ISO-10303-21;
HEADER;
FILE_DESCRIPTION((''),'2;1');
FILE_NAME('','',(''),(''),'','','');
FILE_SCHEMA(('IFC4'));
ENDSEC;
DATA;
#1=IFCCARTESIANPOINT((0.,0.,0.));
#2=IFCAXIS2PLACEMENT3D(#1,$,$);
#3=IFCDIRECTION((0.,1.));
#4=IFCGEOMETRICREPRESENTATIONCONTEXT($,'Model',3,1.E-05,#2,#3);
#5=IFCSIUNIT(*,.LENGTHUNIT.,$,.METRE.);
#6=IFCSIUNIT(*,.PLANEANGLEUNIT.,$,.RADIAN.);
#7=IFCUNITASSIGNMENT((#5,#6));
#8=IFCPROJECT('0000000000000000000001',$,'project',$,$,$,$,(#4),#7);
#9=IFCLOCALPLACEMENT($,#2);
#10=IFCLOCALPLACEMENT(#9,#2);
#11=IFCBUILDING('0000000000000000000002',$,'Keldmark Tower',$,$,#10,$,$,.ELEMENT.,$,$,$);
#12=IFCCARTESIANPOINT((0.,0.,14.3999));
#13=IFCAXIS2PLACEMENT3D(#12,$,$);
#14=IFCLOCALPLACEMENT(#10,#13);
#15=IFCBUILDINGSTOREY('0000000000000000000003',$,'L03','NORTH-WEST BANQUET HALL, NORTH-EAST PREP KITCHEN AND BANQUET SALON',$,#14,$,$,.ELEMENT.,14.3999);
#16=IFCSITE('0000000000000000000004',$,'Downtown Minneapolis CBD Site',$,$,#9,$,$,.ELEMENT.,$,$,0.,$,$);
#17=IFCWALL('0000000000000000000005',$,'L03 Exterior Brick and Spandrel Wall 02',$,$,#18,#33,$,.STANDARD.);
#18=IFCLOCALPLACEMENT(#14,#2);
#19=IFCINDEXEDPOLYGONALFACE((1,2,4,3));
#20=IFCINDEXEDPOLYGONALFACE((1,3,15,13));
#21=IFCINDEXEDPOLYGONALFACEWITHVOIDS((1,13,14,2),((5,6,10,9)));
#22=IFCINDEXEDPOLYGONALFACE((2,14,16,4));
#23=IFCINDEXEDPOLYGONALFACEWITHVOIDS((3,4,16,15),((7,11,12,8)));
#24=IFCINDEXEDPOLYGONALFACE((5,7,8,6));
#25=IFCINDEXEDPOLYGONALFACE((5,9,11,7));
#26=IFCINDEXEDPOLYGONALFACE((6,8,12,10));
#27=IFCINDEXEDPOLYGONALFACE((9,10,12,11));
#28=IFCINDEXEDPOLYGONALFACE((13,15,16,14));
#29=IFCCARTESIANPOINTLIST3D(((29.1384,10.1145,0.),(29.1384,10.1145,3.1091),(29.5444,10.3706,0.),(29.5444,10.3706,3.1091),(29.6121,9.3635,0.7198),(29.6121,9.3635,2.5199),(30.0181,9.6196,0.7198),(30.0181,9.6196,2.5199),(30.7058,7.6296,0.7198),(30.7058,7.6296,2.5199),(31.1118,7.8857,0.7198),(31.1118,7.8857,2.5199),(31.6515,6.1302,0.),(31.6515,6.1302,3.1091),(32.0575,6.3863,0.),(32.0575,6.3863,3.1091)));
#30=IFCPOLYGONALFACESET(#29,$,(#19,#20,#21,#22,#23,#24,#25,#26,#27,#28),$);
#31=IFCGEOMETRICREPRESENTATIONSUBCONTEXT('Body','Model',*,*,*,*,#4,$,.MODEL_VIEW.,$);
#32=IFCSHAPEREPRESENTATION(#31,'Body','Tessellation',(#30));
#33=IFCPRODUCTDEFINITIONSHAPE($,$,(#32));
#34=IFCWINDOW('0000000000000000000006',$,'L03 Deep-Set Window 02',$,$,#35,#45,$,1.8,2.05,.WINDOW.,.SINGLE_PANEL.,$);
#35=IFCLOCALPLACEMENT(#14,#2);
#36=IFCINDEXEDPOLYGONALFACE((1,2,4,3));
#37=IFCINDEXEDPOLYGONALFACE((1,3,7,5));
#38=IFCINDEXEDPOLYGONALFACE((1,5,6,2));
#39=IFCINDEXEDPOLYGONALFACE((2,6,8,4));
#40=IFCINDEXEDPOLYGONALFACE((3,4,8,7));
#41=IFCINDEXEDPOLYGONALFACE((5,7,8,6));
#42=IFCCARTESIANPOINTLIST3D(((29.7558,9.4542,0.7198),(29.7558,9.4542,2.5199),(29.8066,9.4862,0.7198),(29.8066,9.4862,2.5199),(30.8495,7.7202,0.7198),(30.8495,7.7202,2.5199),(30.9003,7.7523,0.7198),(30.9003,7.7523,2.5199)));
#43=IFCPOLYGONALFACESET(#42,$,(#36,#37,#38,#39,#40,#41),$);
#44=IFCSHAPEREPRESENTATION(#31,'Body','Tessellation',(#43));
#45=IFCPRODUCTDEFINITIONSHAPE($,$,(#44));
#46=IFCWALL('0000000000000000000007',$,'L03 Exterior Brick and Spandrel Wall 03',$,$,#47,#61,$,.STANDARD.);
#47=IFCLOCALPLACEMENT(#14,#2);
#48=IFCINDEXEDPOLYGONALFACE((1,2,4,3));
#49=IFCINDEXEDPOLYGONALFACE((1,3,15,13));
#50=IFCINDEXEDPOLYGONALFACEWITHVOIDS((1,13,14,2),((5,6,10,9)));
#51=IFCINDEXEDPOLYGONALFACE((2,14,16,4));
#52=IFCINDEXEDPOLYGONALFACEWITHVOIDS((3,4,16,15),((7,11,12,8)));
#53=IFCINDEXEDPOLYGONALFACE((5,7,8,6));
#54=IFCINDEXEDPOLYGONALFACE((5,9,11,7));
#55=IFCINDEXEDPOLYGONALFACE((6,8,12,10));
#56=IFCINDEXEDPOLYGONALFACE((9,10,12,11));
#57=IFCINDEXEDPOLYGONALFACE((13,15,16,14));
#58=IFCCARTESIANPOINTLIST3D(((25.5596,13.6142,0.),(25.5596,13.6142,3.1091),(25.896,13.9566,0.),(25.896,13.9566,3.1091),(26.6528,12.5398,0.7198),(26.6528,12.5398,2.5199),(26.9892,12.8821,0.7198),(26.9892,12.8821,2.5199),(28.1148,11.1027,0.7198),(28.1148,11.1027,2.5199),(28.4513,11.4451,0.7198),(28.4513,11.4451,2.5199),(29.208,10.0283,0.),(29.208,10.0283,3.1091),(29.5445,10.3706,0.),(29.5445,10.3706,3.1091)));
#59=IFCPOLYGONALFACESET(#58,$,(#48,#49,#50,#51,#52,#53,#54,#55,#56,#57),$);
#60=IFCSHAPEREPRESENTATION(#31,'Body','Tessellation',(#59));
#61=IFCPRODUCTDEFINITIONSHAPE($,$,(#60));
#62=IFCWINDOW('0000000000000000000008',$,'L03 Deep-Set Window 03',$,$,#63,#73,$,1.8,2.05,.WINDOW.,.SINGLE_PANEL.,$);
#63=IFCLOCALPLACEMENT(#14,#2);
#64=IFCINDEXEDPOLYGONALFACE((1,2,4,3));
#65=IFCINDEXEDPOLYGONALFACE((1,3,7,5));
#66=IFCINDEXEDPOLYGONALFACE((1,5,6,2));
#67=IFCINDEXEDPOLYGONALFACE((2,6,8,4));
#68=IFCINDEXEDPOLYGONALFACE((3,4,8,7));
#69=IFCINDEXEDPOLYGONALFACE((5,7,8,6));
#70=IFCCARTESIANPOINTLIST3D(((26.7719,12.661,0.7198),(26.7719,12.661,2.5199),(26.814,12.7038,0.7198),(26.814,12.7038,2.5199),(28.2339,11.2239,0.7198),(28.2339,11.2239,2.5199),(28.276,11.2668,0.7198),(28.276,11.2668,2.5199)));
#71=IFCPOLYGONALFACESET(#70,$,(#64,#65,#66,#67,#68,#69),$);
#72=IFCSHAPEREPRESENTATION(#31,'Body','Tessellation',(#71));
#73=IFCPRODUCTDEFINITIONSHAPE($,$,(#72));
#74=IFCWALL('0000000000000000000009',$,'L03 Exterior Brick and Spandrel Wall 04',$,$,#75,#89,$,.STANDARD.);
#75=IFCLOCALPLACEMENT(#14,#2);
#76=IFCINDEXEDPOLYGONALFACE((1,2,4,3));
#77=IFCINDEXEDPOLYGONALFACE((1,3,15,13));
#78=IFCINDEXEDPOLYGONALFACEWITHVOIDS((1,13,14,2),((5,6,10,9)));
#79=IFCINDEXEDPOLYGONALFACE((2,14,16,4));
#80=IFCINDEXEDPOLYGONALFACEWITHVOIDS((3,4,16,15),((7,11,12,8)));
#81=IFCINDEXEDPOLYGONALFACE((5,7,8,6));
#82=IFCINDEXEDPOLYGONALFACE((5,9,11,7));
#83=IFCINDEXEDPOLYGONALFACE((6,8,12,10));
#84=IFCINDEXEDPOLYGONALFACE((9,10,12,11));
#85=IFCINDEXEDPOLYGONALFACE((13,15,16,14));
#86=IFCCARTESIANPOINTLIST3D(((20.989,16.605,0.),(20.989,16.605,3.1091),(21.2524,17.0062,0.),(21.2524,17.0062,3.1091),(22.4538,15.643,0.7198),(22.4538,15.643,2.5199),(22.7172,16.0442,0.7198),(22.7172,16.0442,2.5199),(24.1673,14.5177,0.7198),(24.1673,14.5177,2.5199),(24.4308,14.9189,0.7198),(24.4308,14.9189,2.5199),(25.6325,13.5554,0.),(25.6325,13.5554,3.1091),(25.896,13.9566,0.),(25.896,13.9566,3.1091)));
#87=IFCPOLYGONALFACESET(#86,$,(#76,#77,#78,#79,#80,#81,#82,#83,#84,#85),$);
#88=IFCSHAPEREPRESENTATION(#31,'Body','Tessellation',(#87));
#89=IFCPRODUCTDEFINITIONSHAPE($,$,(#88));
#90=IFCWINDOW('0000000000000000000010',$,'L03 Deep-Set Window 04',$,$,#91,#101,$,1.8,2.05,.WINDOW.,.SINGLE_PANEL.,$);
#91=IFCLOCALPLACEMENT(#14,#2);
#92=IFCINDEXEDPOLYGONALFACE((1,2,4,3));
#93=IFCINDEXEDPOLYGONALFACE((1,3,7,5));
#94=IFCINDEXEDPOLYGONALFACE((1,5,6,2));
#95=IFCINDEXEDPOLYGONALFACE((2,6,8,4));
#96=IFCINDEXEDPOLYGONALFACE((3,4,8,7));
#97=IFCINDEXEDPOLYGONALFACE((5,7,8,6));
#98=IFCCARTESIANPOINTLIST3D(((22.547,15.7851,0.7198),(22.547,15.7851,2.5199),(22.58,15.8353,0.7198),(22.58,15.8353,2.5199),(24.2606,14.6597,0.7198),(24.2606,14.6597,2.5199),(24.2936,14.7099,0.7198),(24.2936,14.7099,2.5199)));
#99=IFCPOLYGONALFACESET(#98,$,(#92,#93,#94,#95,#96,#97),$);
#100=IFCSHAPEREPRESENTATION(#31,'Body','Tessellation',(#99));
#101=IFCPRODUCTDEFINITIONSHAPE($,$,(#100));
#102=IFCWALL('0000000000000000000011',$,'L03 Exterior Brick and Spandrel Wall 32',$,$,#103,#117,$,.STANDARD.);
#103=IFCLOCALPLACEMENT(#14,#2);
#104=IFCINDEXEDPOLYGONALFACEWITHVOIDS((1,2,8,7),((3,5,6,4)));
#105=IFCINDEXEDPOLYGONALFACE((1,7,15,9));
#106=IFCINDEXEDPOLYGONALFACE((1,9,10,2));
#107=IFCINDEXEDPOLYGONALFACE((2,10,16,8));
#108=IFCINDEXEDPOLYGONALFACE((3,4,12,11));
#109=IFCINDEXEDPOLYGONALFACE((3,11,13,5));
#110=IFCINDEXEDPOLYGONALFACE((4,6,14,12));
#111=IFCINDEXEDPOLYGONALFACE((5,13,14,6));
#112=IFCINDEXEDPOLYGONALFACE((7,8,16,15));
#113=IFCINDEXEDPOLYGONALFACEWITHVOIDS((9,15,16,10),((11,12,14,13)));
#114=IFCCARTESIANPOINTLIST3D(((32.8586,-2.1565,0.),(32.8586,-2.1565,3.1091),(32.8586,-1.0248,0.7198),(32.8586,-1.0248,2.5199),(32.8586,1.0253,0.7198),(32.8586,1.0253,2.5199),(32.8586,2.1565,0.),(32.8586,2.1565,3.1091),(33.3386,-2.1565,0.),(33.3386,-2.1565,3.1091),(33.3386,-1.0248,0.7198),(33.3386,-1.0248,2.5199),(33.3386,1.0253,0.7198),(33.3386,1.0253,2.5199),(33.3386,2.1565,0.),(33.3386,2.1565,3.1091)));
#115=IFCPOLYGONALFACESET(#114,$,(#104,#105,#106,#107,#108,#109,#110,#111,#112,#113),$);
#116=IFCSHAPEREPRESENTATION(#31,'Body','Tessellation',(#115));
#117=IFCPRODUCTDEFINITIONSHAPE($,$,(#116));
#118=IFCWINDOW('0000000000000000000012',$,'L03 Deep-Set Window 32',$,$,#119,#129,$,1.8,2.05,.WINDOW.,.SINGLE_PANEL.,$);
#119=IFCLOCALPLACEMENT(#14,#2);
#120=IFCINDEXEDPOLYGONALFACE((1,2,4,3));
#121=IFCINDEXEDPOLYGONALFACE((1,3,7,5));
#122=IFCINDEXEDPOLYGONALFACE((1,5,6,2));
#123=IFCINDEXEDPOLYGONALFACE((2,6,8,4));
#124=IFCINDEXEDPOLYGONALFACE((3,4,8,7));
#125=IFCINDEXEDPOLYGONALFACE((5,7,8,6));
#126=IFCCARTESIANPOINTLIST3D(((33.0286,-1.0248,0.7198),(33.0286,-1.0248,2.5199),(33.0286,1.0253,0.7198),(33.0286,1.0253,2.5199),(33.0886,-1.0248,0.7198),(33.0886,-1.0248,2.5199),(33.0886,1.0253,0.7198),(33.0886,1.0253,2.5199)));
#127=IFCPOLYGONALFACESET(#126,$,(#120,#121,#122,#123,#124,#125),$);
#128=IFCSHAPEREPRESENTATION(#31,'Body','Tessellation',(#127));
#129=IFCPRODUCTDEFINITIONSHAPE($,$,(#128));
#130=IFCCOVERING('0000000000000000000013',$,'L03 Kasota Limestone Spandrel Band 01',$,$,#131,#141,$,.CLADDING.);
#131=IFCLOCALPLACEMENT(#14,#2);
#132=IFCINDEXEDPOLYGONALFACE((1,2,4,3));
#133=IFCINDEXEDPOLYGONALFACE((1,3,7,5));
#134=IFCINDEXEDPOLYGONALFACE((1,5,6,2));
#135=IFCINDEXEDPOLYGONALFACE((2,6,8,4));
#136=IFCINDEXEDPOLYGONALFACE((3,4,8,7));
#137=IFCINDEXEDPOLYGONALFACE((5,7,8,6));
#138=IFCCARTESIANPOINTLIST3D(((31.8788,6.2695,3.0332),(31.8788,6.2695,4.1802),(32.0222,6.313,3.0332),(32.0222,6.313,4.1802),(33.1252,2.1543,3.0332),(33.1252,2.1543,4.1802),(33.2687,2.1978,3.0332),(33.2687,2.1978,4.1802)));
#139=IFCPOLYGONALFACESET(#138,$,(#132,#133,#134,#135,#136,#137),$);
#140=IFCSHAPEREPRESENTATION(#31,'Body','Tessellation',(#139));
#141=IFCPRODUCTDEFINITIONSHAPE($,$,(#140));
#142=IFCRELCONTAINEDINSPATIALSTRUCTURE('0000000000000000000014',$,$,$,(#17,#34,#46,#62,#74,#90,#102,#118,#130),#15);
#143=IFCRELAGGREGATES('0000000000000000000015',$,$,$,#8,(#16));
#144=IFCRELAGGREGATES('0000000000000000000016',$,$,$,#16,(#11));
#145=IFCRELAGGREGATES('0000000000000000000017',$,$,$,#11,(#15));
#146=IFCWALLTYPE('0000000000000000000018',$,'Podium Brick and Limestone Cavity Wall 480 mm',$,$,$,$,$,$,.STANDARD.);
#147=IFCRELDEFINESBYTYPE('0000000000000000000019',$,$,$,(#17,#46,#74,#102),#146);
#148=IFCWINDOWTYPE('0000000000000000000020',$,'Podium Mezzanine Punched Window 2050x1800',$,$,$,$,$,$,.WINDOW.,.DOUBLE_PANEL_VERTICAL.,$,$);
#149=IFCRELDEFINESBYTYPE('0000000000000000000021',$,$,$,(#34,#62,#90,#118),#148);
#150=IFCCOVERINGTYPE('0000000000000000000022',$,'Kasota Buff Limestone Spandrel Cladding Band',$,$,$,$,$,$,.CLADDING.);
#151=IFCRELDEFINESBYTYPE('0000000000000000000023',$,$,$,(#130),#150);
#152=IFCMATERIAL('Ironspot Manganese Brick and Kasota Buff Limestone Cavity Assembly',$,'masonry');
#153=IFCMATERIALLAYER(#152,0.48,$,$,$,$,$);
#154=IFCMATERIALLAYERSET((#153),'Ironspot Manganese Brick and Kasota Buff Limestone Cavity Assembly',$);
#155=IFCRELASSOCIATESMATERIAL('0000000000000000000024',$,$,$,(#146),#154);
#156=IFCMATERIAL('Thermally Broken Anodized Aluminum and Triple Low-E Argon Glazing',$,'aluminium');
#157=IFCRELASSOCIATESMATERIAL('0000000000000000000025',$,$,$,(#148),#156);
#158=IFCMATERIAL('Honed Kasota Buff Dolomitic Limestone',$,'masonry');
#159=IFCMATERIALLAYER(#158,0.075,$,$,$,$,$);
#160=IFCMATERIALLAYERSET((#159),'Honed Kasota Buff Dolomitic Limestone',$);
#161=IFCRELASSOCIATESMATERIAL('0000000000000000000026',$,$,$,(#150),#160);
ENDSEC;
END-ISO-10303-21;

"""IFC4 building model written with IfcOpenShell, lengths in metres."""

from ifc_helpers import new_model, si_unit, direction, frame, frame_2d, origin, origin_2d, place, context, subcontext, project, spatial, rectangle, extrude, material, layer, layer_set, type_object, element, fill, save


model = new_model("IFC4")

# Units and contexts
model_context = context("Model", 3, precision=1e-05, world=origin(), true_north=direction((0.0, 1.0)))
body_context = subcontext(model_context, "Body", "Model", "MODEL_VIEW")
ifc_project = project(units=[si_unit("LENGTHUNIT", "METRE"), si_unit("PLANEANGLEUNIT", "RADIAN")], contexts=[model_context])

# Site, building, storey
site_placement = place(None, origin())
site = spatial("IfcSite", under=ifc_project, at=site_placement, Name="Downtown Minneapolis CBD Site", CompositionType="ELEMENT", RefElevation=0.0)
building_placement = place(site_placement, origin())
building = spatial("IfcBuilding", under=site, at=building_placement, Name="Keldmark Tower", CompositionType="ELEMENT")
storey_placement = place(building_placement, frame((0.0, 0.0, 14.3999)))
storey = spatial("IfcBuildingStorey", under=building, at=storey_placement, Name="L03", Description="NORTH-WEST BANQUET HALL, NORTH-EAST PREP KITCHEN AND BANQUET SALON", CompositionType="ELEMENT", Elevation=14.3999)

# Walls, openings, windows
ifc_material_1 = material(Name="Ironspot Manganese Brick and Kasota Buff Limestone Cavity Assembly", Category="masonry")
ifc_layer_1 = layer(ifc_material_1, 0.48)
ifc_layer_set_1 = layer_set([ifc_layer_1], Name="Ironspot Manganese Brick and Kasota Buff Limestone Cavity Assembly")
wall_type = type_object("IfcWallType", Name="Podium Brick and Limestone Cavity Wall 480 mm", PredefinedType="STANDARD", material=ifc_layer_set_1)
ifc_material_2 = material(Name="Thermally Broken Anodized Aluminum and Triple Low-E Argon Glazing", Category="aluminium")
window_type = type_object("IfcWindowType", Name="Podium Mezzanine Punched Window 2050x1800", PartitioningType="DOUBLE_PANEL_VERTICAL", PredefinedType="WINDOW", material=ifc_material_2)
wall_1_placement = place(storey_placement, frame((29.3413, 10.2427, 0.0), z_axis=(0.0, 0.0, 1.0), x_axis=(0.533498, -0.845802, 0.0)))
wall_1 = element("IfcWall", 1, at=wall_1_placement, inside=storey, type_object=wall_type, Name="L03 Exterior Brick and Spandrel Wall 02", PredefinedType="STANDARD", context=body_context, shape_type="SweptSolid", body=[
    extrude(rectangle(XDim=4.7107, YDim=0.48, at=frame_2d((2.3555, 0.0))), origin(), (0.0, 0.0, 1.0), 3.1091),
])
opening_1_placement = place(wall_1_placement, frame((0.8882, 0.0, 0.72)))
opening_1 = element("IfcOpeningElement", 2, at=opening_1_placement, cuts=wall_1, PredefinedType="OPENING", context=body_context, shape_type="SweptSolid", body=[
    extrude(rectangle(XDim=2.05, YDim=1.8, at=frame_2d((1.0249, 0.8999))), frame((0.0, 0.25, 0.0), z_axis=(0.0, -1.0, 0.0), x_axis=(1.0, 0.0, 0.0)), (0.0, 0.0, 1.0), 0.5),
])
window_1_placement = place(opening_1_placement, origin())
window_1 = element("IfcWindow", 3, at=window_1_placement, inside=storey, type_object=window_type, Name="L03 Deep-Set Window 02", OverallHeight=1.8, OverallWidth=2.05, PartitioningType="SINGLE_PANEL", PredefinedType="WINDOW", context=body_context, shape_type="SweptSolid", body=[
    extrude(rectangle(XDim=2.05, YDim=1.8, at=frame_2d((1.0249, 0.8999))), frame((0.0, -0.01, 0.0), z_axis=(0.0, -1.0, 0.0), x_axis=(1.0, 0.0, 0.0)), (0.0, 0.0, 1.0), 0.0601),
])
fill(opening_1, window_1)
wall_2_placement = place(storey_placement, frame((25.7278, 13.7854, 0.0), z_axis=(0.0, 0.0, 1.0), x_axis=(0.713189, -0.700972, 0.0)))
wall_2 = element("IfcWall", 4, at=wall_2_placement, inside=storey, type_object=wall_type, Name="L03 Exterior Brick and Spandrel Wall 03", PredefinedType="STANDARD", context=body_context, shape_type="SweptSolid", body=[
    extrude(rectangle(XDim=5.1157, YDim=0.48, at=frame_2d((2.5579, 0.0))), origin(), (0.0, 0.0, 1.0), 3.1091),
])
opening_2_placement = place(wall_2_placement, frame((1.533, 0.0, 0.72)))
opening_2 = element("IfcOpeningElement", 5, at=opening_2_placement, cuts=wall_2, PredefinedType="OPENING", context=body_context, shape_type="SweptSolid", body=[
    extrude(rectangle(XDim=2.05, YDim=1.8, at=frame_2d((1.0249, 0.8999))), frame((0.0, 0.25, 0.0), z_axis=(0.0, -1.0, 0.0), x_axis=(1.0, 0.0, 0.0)), (0.0, 0.0, 1.0), 0.5),
])
window_2_placement = place(opening_2_placement, origin())
window_2 = element("IfcWindow", 6, at=window_2_placement, inside=storey, type_object=window_type, Name="L03 Deep-Set Window 03", OverallHeight=1.8, OverallWidth=2.05, PartitioningType="SINGLE_PANEL", PredefinedType="WINDOW", context=body_context, shape_type="SweptSolid", body=[
    extrude(rectangle(XDim=2.05, YDim=1.8, at=frame_2d((1.0249, 0.8999))), frame((0.0, -0.01, 0.0), z_axis=(0.0, -1.0, 0.0), x_axis=(1.0, 0.0, 0.0)), (0.0, 0.0, 1.0), 0.0601),
])
fill(opening_2, window_2)
wall_3_placement = place(storey_placement, frame((21.1206, 16.8057, 0.0), z_axis=(0.0, 0.0, 1.0), x_axis=(0.835864, -0.548937, 0.0)))
wall_3 = element("IfcWall", 7, at=wall_3_placement, inside=storey, type_object=wall_type, Name="L03 Exterior Brick and Spandrel Wall 04", PredefinedType="STANDARD", context=body_context, shape_type="SweptSolid", body=[
    extrude(rectangle(XDim=5.5554, YDim=0.48, at=frame_2d((2.7778, 0.0))), origin(), (0.0, 0.0, 1.0), 3.1091),
])
opening_3_placement = place(wall_3_placement, frame((1.7527, 0.0, 0.72)))
opening_3 = element("IfcOpeningElement", 8, at=opening_3_placement, cuts=wall_3, PredefinedType="OPENING", context=body_context, shape_type="SweptSolid", body=[
    extrude(rectangle(XDim=2.05, YDim=1.8, at=frame_2d((1.0249, 0.8999))), frame((0.0, 0.25, 0.0), z_axis=(0.0, -1.0, 0.0), x_axis=(1.0, 0.0, 0.0)), (0.0, 0.0, 1.0), 0.5),
])
window_3_placement = place(opening_3_placement, origin())
window_3 = element("IfcWindow", 9, at=window_3_placement, inside=storey, type_object=window_type, Name="L03 Deep-Set Window 04", OverallHeight=1.8, OverallWidth=2.05, PartitioningType="SINGLE_PANEL", PredefinedType="WINDOW", context=body_context, shape_type="SweptSolid", body=[
    extrude(rectangle(XDim=2.05, YDim=1.8, at=frame_2d((1.0249, 0.8999))), frame((0.0, -0.01, 0.0), z_axis=(0.0, -1.0, 0.0), x_axis=(1.0, 0.0, 0.0)), (0.0, 0.0, 1.0), 0.0601),
])
fill(opening_3, window_3)
wall_4_placement = place(storey_placement, frame((33.0986, 2.1565, 0.0), z_axis=(0.0, 0.0, 1.0), x_axis=(0.0, -1.0, 0.0)))
wall_4 = element("IfcWall", 10, at=wall_4_placement, inside=storey, type_object=wall_type, Name="L03 Exterior Brick and Spandrel Wall 32", PredefinedType="STANDARD", context=body_context, shape_type="SweptSolid", body=[
    extrude(rectangle(XDim=4.313, YDim=0.48, at=frame_2d((2.1565, 0.0))), origin(), (0.0, 0.0, 1.0), 3.1091),
])
opening_4_placement = place(wall_4_placement, frame((1.1313, 0.0, 0.72)))
opening_4 = element("IfcOpeningElement", 11, at=opening_4_placement, cuts=wall_4, PredefinedType="OPENING", context=body_context, shape_type="SweptSolid", body=[
    extrude(rectangle(XDim=2.05, YDim=1.8, at=frame_2d((1.0249, 0.8999))), frame((0.0, 0.25, 0.0), z_axis=(0.0, -1.0, 0.0), x_axis=(1.0, 0.0, 0.0)), (0.0, 0.0, 1.0), 0.5),
])
window_4_placement = place(opening_4_placement, origin())
window_4 = element("IfcWindow", 12, at=window_4_placement, inside=storey, type_object=window_type, Name="L03 Deep-Set Window 32", OverallHeight=1.8, OverallWidth=2.05, PartitioningType="SINGLE_PANEL", PredefinedType="WINDOW", context=body_context, shape_type="SweptSolid", body=[
    extrude(rectangle(XDim=2.05, YDim=1.8, at=frame_2d((1.0249, 0.8999))), frame((0.0, -0.01, 0.0), z_axis=(0.0, -1.0, 0.0), x_axis=(1.0, 0.0, 0.0)), (0.0, 0.0, 1.0), 0.0601),
])
fill(opening_4, window_4)

# Covering
ifc_material_3 = material(Name="Honed Kasota Buff Dolomitic Limestone", Category="masonry")
ifc_layer_2 = layer(ifc_material_3, 0.075)
ifc_layer_set_2 = layer_set([ifc_layer_2], Name="Honed Kasota Buff Dolomitic Limestone")
covering_type = type_object("IfcCoveringType", Name="Kasota Buff Limestone Spandrel Cladding Band", PredefinedType="CLADDING", material=ifc_layer_set_2)
covering_placement = place(storey_placement, frame((32.5737, 4.2336, 3.0332), z_axis=(0.0, 0.0, 1.0), x_axis=(-0.289884, 0.957062, 0.0)))
element("IfcCovering", 13, at=covering_placement, inside=storey, type_object=covering_type, Name="L03 Kasota Limestone Spandrel Band 01", PredefinedType="CLADDING", context=body_context, shape_type="SweptSolid", body=[
    extrude(rectangle(XDim=4.2998, YDim=0.1499, at=origin_2d()), origin(), (0.0, 0.0, 1.0), 1.147),
])

save(model, "model.ifc")
